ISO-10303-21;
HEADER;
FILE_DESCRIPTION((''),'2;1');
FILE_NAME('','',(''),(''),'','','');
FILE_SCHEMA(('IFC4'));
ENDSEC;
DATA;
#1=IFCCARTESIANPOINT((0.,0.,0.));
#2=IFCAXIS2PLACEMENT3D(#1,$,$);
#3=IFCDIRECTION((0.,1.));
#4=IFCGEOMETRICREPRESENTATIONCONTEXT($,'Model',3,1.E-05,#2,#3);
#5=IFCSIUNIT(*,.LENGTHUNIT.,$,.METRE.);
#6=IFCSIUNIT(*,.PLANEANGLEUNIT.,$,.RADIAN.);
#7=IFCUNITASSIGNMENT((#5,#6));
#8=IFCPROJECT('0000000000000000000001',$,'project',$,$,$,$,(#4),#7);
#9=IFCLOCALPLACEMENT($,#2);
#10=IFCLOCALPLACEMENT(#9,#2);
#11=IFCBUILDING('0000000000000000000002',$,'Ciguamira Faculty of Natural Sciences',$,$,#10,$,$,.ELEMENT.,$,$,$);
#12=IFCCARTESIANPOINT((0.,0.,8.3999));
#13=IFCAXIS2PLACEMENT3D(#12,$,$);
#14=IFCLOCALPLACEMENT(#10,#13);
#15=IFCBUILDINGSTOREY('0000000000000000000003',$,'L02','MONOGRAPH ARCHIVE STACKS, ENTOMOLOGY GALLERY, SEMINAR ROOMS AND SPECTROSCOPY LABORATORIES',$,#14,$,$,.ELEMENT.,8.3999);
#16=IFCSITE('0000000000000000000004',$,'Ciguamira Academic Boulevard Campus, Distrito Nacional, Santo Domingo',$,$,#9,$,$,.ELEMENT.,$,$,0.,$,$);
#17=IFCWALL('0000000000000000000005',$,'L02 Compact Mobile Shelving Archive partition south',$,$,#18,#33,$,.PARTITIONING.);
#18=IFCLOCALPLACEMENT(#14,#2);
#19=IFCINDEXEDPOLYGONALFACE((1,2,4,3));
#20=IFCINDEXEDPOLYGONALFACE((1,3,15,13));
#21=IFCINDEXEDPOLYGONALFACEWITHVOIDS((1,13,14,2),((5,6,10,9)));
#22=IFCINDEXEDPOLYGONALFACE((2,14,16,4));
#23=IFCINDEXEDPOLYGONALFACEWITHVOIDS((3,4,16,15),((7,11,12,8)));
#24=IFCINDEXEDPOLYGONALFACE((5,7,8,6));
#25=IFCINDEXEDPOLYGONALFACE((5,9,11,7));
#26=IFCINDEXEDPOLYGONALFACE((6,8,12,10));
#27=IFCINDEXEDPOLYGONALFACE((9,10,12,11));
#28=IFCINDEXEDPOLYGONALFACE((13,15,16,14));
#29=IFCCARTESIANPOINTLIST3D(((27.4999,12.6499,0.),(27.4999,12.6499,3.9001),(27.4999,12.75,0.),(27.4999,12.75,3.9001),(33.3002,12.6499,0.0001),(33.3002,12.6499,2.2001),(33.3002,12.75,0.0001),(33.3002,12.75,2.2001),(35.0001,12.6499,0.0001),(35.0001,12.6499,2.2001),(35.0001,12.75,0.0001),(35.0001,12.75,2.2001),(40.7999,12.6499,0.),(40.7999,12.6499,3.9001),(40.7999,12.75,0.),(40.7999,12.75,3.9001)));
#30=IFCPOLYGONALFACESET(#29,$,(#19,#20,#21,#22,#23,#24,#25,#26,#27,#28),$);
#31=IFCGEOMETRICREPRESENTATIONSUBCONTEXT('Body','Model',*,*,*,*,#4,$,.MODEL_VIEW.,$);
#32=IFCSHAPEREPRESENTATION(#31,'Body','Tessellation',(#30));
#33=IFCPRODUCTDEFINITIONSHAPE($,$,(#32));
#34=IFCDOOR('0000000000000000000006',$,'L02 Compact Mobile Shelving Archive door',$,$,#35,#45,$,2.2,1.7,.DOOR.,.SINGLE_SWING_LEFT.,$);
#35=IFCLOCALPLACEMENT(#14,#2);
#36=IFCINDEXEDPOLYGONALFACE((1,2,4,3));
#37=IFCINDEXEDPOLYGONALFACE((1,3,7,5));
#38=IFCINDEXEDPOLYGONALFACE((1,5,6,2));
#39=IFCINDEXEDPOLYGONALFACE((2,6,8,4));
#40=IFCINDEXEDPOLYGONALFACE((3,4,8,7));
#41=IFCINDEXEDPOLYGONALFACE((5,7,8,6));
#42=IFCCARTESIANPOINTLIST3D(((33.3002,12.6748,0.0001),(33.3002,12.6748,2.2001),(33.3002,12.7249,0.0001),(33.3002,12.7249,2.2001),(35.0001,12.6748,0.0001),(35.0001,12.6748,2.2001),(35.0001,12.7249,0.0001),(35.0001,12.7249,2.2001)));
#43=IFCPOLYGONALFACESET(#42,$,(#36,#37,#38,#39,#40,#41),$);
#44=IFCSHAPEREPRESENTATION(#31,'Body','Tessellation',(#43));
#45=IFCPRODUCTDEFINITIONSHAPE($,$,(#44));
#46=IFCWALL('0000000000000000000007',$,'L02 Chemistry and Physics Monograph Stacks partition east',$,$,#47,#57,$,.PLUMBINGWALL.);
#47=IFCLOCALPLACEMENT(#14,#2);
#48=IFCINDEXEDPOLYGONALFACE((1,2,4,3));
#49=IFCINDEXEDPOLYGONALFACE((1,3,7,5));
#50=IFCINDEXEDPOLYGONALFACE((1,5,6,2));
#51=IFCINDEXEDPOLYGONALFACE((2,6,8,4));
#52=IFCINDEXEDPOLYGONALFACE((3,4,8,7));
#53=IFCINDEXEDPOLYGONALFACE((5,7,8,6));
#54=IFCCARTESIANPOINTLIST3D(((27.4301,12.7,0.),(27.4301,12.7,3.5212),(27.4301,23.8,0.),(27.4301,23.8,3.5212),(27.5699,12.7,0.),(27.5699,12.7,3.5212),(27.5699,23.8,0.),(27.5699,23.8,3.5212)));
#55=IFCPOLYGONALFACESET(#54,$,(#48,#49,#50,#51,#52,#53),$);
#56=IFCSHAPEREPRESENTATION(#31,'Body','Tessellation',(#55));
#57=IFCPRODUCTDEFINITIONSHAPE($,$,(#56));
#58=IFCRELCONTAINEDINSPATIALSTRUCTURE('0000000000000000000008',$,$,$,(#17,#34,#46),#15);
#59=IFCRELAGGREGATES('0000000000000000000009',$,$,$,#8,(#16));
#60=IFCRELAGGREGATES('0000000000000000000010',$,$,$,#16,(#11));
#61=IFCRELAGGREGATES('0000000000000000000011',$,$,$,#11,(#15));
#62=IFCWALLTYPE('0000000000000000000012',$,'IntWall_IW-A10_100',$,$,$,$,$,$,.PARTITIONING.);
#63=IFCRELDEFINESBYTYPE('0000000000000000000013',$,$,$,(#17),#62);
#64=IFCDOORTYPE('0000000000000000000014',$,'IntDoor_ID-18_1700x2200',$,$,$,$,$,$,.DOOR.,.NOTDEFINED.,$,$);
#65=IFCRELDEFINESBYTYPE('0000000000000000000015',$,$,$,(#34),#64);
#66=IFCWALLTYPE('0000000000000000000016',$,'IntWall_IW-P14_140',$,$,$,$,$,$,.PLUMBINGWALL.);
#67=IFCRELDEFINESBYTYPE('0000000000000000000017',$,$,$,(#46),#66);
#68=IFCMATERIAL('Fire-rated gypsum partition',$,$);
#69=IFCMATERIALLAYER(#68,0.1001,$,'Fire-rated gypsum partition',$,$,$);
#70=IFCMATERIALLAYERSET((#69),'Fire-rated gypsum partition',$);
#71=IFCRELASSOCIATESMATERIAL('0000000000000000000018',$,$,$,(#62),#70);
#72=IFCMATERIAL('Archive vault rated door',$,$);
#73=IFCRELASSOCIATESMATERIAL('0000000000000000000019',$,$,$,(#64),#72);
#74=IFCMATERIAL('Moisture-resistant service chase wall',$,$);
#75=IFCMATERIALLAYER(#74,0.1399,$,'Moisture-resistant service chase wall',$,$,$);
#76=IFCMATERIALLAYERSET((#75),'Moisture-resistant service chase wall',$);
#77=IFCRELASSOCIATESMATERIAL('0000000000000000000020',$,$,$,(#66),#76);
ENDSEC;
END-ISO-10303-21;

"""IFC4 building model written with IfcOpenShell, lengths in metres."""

from ifc_helpers import new_model, si_unit, direction, frame, frame_2d, origin, place, context, subcontext, project, spatial, rectangle, extrude, material, layer, layer_set, type_object, element, fill, save


model = new_model("IFC4")

# Units and contexts
model_context = context("Model", 3, precision=1e-05, world=origin(), true_north=direction((0.0, 1.0)))
body_context = subcontext(model_context, "Body", "Model", "MODEL_VIEW")
ifc_project = project(units=[si_unit("LENGTHUNIT", "METRE"), si_unit("PLANEANGLEUNIT", "RADIAN")], contexts=[model_context])

# Site, building, storey
site_placement = place(None, origin())
site = spatial("IfcSite", under=ifc_project, at=site_placement, Name="Ciguamira Academic Boulevard Campus, Distrito Nacional, Santo Domingo", CompositionType="ELEMENT", RefElevation=0.0)
building_placement = place(site_placement, origin())
building = spatial("IfcBuilding", under=site, at=building_placement, Name="Ciguamira Faculty of Natural Sciences", CompositionType="ELEMENT")
storey_placement = place(building_placement, frame((0.0, 0.0, 8.3999)))
storey = spatial("IfcBuildingStorey", under=building, at=storey_placement, Name="L02", Description="MONOGRAPH ARCHIVE STACKS, ENTOMOLOGY GALLERY, SEMINAR ROOMS AND SPECTROSCOPY LABORATORIES", CompositionType="ELEMENT", Elevation=8.3999)

# Wall, opening, door
ifc_material_1 = material(Name="Fire-rated gypsum partition")
ifc_layer_1 = layer(ifc_material_1, 0.1001, Name="Fire-rated gypsum partition")
ifc_layer_set_1 = layer_set([ifc_layer_1], Name="Fire-rated gypsum partition")
wall_type_1 = type_object("IfcWallType", Name="IntWall_IW-A10_100", PredefinedType="PARTITIONING", material=ifc_layer_set_1)
wall_1_placement = place(storey_placement, frame((27.5, 12.7, 0.0), z_axis=(0.0, 0.0, 1.0), x_axis=(1.0, 0.0, 0.0)))
wall_1 = element("IfcWall", 1, at=wall_1_placement, inside=storey, type_object=wall_type_1, Name="L02 Compact Mobile Shelving Archive partition south", PredefinedType="PARTITIONING", context=body_context, shape_type="SweptSolid", body=[
    extrude(rectangle(XDim=13.3, YDim=0.1001, at=frame_2d((6.6499, 0.0))), origin(), (0.0, 0.0, 1.0), 3.9001),
])
opening_placement = place(wall_1_placement, frame((5.8, 0.0, 0.0)))
opening = element("IfcOpeningElement", 2, at=opening_placement, cuts=wall_1, PredefinedType="OPENING", context=body_context, shape_type="SweptSolid", body=[
    extrude(rectangle(XDim=1.7, YDim=2.2, at=frame_2d((0.8501, 1.1001))), frame((0.0, 0.0601, 0.0), z_axis=(0.0, -1.0, 0.0), x_axis=(1.0, 0.0, 0.0)), (0.0, 0.0, 1.0), 0.1201),
])
ifc_material_2 = material(Name="Archive vault rated door")
door_type = type_object("IfcDoorType", Name="IntDoor_ID-18_1700x2200", OperationType="NOTDEFINED", PredefinedType="DOOR", material=ifc_material_2)
door_placement = place(opening_placement, origin())
door = element("IfcDoor", 3, at=door_placement, inside=storey, type_object=door_type, Name="L02 Compact Mobile Shelving Archive door", OperationType="SINGLE_SWING_LEFT", OverallHeight=2.2, OverallWidth=1.7, PredefinedType="DOOR", context=body_context, shape_type="SweptSolid", body=[
    extrude(rectangle(XDim=1.7, YDim=2.2, at=frame_2d((0.8501, 1.1001))), frame((0.0, 0.0249, 0.0), z_axis=(0.0, -1.0, 0.0), x_axis=(1.0, 0.0, 0.0)), (0.0, 0.0, 1.0), 0.05),
])
fill(opening, door)

# Wall
ifc_material_3 = material(Name="Moisture-resistant service chase wall")
ifc_layer_2 = layer(ifc_material_3, 0.1399, Name="Moisture-resistant service chase wall")
ifc_layer_set_2 = layer_set([ifc_layer_2], Name="Moisture-resistant service chase wall")
wall_type_2 = type_object("IfcWallType", Name="IntWall_IW-P14_140", PredefinedType="PLUMBINGWALL", material=ifc_layer_set_2)
wall_2_placement = place(storey_placement, frame((27.5, 12.7, 0.0), z_axis=(0.0, 0.0, 1.0), x_axis=(0.0, 1.0, 0.0)))
element("IfcWall", 4, at=wall_2_placement, inside=storey, type_object=wall_type_2, Name="L02 Chemistry and Physics Monograph Stacks partition east", PredefinedType="PLUMBINGWALL", context=body_context, shape_type="SweptSolid", body=[
    extrude(rectangle(XDim=11.1001, YDim=0.1399, at=frame_2d((5.55, 0.0))), origin(), (0.0, 0.0, 1.0), 3.5212),
])

save(model, "model.ifc")
